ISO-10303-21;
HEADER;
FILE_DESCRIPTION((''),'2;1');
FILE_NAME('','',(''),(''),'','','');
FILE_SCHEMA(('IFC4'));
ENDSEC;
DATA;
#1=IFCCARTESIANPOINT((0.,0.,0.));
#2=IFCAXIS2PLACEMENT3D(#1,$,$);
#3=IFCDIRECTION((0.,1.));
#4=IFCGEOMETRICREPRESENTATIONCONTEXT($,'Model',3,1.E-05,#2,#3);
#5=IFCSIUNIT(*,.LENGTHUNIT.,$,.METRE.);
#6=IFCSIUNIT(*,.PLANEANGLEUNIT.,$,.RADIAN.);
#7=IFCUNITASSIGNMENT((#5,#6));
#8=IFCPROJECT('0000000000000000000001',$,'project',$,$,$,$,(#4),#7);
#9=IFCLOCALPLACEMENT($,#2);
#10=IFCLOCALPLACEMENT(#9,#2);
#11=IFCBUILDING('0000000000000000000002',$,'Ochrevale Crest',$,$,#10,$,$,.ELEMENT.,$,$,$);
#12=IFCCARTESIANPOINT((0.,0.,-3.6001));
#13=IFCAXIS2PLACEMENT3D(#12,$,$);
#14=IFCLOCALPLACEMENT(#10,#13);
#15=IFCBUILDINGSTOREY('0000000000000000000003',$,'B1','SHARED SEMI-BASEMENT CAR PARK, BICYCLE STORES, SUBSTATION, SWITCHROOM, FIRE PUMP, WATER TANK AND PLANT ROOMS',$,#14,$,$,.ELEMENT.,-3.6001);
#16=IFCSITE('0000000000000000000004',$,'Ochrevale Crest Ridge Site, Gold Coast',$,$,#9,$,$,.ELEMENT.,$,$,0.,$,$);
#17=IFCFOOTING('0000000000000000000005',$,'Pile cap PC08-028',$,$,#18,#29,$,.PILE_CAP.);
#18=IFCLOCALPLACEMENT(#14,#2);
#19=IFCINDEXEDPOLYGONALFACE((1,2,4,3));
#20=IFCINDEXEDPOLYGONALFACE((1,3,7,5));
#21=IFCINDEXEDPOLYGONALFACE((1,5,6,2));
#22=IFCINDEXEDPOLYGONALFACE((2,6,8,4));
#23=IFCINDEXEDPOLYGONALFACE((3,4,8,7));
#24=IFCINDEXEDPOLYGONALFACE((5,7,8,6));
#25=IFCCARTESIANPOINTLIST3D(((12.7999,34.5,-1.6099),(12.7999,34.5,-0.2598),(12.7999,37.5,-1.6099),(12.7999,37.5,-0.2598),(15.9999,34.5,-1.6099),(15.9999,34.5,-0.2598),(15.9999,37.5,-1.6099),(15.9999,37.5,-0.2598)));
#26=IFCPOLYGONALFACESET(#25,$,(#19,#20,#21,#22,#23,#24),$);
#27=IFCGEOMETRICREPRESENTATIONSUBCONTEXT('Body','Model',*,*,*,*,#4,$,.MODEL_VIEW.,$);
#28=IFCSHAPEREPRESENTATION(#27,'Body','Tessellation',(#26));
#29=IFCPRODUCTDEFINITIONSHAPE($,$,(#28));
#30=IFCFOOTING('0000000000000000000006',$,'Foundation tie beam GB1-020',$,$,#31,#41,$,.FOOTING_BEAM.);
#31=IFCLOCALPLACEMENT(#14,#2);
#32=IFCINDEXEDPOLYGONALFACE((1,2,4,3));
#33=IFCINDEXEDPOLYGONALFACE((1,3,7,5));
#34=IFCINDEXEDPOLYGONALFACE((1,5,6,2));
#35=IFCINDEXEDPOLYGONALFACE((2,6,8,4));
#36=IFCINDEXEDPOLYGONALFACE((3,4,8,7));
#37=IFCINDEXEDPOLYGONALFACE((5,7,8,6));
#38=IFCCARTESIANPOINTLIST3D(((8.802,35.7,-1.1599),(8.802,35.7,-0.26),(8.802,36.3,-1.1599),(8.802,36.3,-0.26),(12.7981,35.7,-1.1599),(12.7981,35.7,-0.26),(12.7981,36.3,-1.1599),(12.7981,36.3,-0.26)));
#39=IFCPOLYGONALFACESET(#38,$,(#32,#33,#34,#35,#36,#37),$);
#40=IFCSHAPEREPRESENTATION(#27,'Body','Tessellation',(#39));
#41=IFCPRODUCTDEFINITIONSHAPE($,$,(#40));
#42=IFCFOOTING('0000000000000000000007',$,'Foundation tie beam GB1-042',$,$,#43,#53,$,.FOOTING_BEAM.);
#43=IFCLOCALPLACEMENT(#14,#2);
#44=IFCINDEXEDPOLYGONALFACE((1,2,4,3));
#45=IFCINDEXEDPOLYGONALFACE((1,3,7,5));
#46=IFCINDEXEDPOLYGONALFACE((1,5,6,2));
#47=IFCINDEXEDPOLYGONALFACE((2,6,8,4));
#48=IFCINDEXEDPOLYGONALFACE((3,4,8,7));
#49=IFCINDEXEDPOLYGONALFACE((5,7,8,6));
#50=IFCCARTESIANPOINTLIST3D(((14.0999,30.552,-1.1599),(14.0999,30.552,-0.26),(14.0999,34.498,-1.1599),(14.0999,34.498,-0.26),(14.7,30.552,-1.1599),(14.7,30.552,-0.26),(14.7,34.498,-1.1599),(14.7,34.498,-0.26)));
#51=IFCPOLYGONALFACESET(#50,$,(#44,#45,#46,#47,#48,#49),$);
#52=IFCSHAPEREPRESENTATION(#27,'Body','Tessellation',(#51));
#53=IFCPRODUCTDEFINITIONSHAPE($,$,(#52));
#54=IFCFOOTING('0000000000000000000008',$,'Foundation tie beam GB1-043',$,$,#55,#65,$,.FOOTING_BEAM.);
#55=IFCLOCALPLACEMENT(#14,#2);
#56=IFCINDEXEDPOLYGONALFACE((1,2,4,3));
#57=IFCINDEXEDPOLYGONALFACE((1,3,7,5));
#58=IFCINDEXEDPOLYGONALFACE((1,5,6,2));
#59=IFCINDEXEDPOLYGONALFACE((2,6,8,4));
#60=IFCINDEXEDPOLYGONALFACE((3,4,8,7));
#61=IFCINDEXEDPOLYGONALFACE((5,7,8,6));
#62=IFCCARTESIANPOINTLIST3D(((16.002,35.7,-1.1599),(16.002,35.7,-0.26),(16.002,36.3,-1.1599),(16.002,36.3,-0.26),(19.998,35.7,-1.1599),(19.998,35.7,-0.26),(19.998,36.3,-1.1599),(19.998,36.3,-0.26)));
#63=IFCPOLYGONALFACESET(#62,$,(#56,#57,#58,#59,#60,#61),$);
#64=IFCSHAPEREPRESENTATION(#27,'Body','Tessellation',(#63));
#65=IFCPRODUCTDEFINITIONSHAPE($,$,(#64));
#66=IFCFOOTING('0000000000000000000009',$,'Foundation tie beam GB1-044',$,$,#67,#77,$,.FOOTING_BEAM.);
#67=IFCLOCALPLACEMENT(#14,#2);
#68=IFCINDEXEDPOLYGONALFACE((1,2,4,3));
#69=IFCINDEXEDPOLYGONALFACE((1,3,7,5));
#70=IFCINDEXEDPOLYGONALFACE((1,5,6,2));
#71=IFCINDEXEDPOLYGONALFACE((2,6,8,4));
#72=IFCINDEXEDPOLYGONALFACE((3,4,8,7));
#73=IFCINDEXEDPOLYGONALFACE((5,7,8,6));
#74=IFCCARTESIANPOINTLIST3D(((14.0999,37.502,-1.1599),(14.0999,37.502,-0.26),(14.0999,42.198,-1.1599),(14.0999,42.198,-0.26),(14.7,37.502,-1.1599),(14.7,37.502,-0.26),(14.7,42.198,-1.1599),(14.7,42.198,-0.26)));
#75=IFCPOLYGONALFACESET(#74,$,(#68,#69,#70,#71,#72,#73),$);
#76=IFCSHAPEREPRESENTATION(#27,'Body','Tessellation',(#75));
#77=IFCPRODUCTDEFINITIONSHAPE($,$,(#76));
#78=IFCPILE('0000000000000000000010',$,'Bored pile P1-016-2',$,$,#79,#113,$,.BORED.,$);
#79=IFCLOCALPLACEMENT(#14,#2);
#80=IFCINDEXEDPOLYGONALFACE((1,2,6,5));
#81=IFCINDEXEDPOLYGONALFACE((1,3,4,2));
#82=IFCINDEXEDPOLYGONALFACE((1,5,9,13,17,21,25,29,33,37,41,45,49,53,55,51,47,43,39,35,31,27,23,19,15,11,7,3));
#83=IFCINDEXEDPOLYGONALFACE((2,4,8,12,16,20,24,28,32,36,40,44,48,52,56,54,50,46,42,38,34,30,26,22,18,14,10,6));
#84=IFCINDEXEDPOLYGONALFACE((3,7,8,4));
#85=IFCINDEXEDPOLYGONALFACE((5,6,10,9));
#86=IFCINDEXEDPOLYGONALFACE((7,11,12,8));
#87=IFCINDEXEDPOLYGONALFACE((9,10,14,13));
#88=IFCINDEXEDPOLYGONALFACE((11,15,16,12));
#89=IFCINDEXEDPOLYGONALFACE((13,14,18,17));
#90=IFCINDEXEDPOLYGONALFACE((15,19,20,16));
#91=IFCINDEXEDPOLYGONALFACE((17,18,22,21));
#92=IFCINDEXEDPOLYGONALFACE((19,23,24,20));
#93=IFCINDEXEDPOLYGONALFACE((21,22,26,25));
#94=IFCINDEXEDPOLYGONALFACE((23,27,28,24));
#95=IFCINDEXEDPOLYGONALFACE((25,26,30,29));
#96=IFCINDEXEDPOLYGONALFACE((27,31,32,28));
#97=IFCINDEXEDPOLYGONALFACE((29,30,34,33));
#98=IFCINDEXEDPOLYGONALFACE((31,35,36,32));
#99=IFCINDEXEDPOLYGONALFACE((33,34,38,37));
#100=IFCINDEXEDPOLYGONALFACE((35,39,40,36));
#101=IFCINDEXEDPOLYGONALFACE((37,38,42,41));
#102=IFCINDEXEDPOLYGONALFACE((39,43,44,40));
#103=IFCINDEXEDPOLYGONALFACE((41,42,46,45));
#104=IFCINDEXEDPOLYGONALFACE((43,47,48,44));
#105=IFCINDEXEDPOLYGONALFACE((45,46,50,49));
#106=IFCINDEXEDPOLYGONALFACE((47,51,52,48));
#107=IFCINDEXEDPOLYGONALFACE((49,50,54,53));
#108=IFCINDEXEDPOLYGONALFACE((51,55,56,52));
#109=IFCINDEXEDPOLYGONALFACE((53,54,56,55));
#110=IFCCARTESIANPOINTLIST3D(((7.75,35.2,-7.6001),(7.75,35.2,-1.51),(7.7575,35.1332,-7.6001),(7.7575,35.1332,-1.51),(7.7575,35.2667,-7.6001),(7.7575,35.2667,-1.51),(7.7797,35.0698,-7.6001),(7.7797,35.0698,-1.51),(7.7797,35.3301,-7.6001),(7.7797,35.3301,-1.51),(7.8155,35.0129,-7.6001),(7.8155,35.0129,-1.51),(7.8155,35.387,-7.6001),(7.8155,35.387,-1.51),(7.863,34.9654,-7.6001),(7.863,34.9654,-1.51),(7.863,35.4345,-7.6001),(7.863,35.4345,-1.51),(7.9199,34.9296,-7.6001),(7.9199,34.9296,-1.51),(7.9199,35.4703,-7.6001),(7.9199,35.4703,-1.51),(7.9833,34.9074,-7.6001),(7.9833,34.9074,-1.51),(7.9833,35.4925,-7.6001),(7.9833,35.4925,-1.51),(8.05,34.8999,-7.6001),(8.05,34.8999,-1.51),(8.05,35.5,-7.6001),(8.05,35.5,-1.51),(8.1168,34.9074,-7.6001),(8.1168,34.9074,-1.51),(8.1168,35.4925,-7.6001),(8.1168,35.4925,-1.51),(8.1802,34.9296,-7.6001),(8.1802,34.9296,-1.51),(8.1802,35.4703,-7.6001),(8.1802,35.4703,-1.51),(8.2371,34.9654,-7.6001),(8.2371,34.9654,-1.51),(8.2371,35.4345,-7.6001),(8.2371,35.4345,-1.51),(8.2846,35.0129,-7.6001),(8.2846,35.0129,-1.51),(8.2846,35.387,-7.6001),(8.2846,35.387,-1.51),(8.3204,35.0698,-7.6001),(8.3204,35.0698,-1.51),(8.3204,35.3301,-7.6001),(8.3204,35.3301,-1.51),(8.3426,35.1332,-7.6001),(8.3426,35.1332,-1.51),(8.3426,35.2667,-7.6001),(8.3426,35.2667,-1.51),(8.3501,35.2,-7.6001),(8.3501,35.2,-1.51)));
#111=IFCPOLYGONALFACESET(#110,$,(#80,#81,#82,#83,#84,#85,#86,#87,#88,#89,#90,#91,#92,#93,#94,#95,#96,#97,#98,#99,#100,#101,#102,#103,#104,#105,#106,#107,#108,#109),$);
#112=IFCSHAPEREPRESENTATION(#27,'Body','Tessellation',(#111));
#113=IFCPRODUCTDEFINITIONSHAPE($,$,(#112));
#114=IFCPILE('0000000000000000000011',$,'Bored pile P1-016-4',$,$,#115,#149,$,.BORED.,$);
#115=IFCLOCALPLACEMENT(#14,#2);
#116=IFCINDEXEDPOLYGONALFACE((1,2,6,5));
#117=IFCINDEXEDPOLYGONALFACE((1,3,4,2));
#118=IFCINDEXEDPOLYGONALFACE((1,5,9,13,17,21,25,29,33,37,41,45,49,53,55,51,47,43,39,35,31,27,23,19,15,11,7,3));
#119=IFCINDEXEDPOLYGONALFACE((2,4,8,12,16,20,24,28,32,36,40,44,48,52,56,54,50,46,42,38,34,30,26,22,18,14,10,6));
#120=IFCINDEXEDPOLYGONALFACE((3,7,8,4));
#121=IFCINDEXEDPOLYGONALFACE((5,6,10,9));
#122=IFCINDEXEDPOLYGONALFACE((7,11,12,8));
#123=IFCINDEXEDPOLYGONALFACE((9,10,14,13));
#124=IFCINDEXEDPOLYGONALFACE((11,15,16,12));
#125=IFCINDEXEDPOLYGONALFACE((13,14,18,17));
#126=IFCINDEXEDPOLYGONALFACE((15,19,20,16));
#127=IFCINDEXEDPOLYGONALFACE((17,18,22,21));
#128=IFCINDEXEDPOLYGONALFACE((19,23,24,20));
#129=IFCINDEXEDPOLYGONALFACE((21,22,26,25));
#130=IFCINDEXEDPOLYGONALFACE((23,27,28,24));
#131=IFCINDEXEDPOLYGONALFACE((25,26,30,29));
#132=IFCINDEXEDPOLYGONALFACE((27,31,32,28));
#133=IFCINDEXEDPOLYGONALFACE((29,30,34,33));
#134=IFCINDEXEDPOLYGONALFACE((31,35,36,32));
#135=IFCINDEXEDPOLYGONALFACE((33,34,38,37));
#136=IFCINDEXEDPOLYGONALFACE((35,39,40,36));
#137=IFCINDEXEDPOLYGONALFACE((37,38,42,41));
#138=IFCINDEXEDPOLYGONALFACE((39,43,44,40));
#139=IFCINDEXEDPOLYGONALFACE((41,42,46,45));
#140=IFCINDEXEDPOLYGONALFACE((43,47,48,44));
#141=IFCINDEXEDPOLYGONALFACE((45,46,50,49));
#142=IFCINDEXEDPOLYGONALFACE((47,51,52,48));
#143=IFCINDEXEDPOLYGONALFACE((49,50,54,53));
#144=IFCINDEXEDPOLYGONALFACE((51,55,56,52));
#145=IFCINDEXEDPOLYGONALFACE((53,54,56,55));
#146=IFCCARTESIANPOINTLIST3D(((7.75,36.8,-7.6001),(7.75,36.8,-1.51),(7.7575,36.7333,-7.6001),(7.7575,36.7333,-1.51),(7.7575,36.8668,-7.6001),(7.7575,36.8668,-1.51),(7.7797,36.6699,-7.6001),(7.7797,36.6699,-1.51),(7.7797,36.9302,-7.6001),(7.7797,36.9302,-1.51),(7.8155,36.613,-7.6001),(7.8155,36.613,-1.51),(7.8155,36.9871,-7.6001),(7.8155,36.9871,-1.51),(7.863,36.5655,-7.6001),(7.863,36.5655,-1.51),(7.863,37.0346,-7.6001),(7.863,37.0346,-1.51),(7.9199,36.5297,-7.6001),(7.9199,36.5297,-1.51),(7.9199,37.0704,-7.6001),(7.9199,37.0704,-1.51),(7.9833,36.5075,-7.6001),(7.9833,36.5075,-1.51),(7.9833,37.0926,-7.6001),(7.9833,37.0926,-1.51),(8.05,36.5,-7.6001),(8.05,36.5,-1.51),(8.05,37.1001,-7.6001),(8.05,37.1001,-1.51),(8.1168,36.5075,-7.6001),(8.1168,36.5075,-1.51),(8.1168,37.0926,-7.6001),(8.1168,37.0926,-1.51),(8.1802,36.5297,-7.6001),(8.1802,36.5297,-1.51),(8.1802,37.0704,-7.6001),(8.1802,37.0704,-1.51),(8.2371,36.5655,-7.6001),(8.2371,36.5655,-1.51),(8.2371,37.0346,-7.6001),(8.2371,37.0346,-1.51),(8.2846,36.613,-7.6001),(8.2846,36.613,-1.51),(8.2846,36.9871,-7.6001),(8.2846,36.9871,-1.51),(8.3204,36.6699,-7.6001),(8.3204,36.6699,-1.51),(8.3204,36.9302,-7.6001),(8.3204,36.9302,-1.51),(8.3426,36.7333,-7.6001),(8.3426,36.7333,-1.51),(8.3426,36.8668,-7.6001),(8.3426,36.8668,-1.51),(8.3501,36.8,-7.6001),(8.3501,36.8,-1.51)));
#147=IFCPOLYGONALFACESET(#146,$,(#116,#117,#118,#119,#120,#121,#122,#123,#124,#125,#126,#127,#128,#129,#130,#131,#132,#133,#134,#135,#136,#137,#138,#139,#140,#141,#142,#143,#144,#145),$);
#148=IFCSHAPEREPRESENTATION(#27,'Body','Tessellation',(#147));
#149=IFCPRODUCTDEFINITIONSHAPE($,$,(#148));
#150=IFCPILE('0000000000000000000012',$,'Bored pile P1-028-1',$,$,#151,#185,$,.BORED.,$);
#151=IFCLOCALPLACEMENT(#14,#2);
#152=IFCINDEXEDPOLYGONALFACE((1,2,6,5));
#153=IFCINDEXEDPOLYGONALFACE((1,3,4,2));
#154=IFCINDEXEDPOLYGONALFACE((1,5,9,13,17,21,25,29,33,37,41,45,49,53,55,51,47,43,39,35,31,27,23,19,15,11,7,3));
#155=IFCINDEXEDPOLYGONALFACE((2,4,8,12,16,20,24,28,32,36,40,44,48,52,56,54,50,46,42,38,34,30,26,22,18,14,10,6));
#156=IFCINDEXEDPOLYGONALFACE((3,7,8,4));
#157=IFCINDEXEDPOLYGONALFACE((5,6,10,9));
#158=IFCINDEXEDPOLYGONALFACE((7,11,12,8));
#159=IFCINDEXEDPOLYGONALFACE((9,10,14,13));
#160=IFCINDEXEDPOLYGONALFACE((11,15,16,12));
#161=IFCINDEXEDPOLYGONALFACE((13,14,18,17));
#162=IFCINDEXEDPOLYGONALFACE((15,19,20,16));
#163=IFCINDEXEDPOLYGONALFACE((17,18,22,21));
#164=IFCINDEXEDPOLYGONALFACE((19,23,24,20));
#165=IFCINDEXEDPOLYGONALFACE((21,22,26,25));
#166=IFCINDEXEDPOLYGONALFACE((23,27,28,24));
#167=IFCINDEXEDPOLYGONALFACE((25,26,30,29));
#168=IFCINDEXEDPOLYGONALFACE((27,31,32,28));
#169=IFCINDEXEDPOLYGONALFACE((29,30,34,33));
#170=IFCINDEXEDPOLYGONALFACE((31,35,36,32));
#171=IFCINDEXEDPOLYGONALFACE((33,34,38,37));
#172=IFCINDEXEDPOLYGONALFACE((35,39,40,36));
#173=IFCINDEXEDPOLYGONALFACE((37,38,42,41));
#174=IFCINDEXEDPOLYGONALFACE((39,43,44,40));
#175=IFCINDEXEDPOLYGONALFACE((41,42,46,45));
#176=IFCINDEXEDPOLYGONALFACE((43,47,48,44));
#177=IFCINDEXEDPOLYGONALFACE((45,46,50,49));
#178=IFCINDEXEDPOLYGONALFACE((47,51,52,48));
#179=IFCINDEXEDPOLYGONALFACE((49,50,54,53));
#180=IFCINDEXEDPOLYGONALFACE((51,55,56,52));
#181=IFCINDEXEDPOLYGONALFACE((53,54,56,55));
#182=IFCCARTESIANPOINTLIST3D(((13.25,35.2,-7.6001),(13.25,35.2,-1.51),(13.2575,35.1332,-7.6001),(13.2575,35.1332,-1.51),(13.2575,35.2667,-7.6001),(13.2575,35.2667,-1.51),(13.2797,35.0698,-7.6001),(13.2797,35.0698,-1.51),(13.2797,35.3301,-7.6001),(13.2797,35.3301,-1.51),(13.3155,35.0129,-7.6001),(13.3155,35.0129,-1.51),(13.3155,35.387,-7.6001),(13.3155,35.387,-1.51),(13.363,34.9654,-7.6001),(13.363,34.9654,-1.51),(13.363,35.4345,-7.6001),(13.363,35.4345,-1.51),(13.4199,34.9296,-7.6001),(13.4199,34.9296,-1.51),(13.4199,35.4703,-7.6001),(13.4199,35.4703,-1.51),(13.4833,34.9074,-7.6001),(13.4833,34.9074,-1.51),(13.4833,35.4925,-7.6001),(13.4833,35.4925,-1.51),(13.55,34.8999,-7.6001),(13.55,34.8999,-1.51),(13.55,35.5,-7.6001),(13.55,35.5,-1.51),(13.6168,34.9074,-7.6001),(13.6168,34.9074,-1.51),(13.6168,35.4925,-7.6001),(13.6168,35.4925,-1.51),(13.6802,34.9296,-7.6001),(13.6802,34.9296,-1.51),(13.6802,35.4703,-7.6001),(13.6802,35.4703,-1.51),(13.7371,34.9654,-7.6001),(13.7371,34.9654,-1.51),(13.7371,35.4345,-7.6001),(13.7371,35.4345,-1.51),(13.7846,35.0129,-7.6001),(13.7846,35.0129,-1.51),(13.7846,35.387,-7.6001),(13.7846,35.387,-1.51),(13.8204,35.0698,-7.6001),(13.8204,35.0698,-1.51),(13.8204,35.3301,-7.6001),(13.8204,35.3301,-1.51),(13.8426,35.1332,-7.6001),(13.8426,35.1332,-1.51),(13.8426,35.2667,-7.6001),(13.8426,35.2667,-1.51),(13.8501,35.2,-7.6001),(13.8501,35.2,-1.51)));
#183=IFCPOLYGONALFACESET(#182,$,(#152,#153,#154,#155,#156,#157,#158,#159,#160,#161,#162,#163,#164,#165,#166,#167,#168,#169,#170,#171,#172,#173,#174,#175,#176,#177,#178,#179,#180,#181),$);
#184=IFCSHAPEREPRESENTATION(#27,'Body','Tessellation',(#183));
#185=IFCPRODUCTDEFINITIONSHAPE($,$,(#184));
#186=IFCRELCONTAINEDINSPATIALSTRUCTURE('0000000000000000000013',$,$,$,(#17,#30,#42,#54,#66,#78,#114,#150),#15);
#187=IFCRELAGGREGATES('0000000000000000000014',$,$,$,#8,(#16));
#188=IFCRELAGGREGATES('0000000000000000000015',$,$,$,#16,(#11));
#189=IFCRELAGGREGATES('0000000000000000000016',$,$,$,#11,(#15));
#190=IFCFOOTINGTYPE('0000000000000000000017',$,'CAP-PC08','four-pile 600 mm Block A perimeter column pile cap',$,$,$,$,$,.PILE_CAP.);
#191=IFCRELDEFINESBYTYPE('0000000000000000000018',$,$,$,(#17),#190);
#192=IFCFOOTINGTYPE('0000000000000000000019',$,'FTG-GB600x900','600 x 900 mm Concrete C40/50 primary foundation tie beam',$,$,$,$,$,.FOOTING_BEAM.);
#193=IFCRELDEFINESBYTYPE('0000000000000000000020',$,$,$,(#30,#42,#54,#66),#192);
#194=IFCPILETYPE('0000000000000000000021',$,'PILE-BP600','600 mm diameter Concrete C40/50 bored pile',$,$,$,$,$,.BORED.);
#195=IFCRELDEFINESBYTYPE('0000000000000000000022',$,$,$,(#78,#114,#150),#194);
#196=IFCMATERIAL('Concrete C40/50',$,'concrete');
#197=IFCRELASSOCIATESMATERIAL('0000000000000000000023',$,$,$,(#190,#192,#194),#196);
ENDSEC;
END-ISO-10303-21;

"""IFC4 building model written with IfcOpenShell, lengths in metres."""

from ifc_helpers import new_model, si_unit, direction, frame, origin, origin_2d, place, context, subcontext, project, spatial, rectangle, circle, extrude, material, material_profile, profile_set, type_object, element, save


model = new_model("IFC4")

# Units and contexts
model_context = context("Model", 3, precision=1e-05, world=origin(), true_north=direction((0.0, 1.0)))
body_context = subcontext(model_context, "Body", "Model", "MODEL_VIEW")
ifc_project = project(units=[si_unit("LENGTHUNIT", "METRE"), si_unit("PLANEANGLEUNIT", "RADIAN")], contexts=[model_context])

# Site, building, storey
site_placement = place(None, origin())
site = spatial("IfcSite", under=ifc_project, at=site_placement, Name="Ochrevale Crest Ridge Site, Gold Coast", CompositionType="ELEMENT", RefElevation=0.0)
building_placement = place(site_placement, origin())
building = spatial("IfcBuilding", under=site, at=building_placement, Name="Ochrevale Crest", CompositionType="ELEMENT")
storey_placement = place(building_placement, frame((0.0, 0.0, -3.6001)))
storey = spatial("IfcBuildingStorey", under=building, at=storey_placement, Name="B1", Description="SHARED SEMI-BASEMENT CAR PARK, BICYCLE STORES, SUBSTATION, SWITCHROOM, FIRE PUMP, WATER TANK AND PLANT ROOMS", CompositionType="ELEMENT", Elevation=-3.6001)

# Footings
ifc_material_1 = material(Name="Concrete C40/50", Category="concrete")
footing_type_1 = type_object("IfcFootingType", Name="CAP-PC08", Description="four-pile 600 mm Block A perimeter column pile cap", PredefinedType="PILE_CAP", material=ifc_material_1)
footing_1_placement = place(storey_placement, frame((14.3999, 36.0, -1.6099), z_axis=(0.0, 0.0, 1.0), x_axis=(1.0, 0.0, 0.0)))
element("IfcFooting", 1, at=footing_1_placement, inside=storey, type_object=footing_type_1, Name="Pile cap PC08-028", PredefinedType="PILE_CAP", context=body_context, shape_type="SweptSolid", body=[
    extrude(rectangle(XDim=3.2, YDim=3.0, at=origin_2d()), origin(), (0.0, 0.0, 1.0), 1.3501),
])
ifc_material_profile_1 = material_profile(ifc_material_1, rectangle(XDim=0.6001, YDim=0.8999, at=origin_2d()), Name="GB 600x900")
ifc_profile_set_1 = profile_set([ifc_material_profile_1], Name="Concrete C40/50")
footing_type_2 = type_object("IfcFootingType", Name="FTG-GB600x900", Description="600 x 900 mm Concrete C40/50 primary foundation tie beam", PredefinedType="FOOTING_BEAM", material=ifc_profile_set_1)
footing_2_placement = place(storey_placement, frame((8.802, 36.0, -0.71), z_axis=(1.0, 0.0, 0.0), x_axis=(0.0, 1.0, 0.0)))
element("IfcFooting", 2, at=footing_2_placement, inside=storey, type_object=footing_type_2, Name="Foundation tie beam GB1-020", PredefinedType="FOOTING_BEAM", context=body_context, shape_type="SweptSolid", body=[
    extrude(rectangle(XDim=0.6001, YDim=0.8999, at=origin_2d()), origin(), (0.0, 0.0, 1.0), 3.9961),
])
footing_3_placement = place(storey_placement, frame((14.3999, 30.552, -0.71), z_axis=(0.0, 1.0, 0.0), x_axis=(-1.0, 0.0, 0.0)))
element("IfcFooting", 3, at=footing_3_placement, inside=storey, type_object=footing_type_2, Name="Foundation tie beam GB1-042", PredefinedType="FOOTING_BEAM", context=body_context, shape_type="SweptSolid", body=[
    extrude(rectangle(XDim=0.6001, YDim=0.8999, at=origin_2d()), origin(), (0.0, 0.0, 1.0), 3.946),
])
footing_4_placement = place(storey_placement, frame((16.002, 36.0, -0.71), z_axis=(1.0, 0.0, 0.0), x_axis=(0.0, 1.0, 0.0)))
element("IfcFooting", 4, at=footing_4_placement, inside=storey, type_object=footing_type_2, Name="Foundation tie beam GB1-043", PredefinedType="FOOTING_BEAM", context=body_context, shape_type="SweptSolid", body=[
    extrude(rectangle(XDim=0.6001, YDim=0.8999, at=origin_2d()), origin(), (0.0, 0.0, 1.0), 3.9961),
])
footing_5_placement = place(storey_placement, frame((14.3999, 37.502, -0.71), z_axis=(0.0, 1.0, 0.0), x_axis=(-1.0, 0.0, 0.0)))
element("IfcFooting", 5, at=footing_5_placement, inside=storey, type_object=footing_type_2, Name="Foundation tie beam GB1-044", PredefinedType="FOOTING_BEAM", context=body_context, shape_type="SweptSolid", body=[
    extrude(rectangle(XDim=0.6001, YDim=0.8999, at=origin_2d()), origin(), (0.0, 0.0, 1.0), 4.696),
])

# Piles
ifc_material_profile_2 = material_profile(ifc_material_1, circle(Radius=0.3, at=origin_2d()), Name="BORED PILE 600")
ifc_profile_set_2 = profile_set([ifc_material_profile_2], Name="Concrete C40/50")
pile_type_1 = type_object("IfcPileType", Name="PILE-BP600", Description="600 mm diameter Concrete C40/50 bored pile", PredefinedType="BORED", material=ifc_profile_set_2)
for number, where, z_axis, x_axis, name in (
    (6, (8.05, 35.2, -1.51), (0.0, 0.0, -1.0), (1.0, 0.0, 0.0), "Bored pile P1-016-2"),
    (7, (8.05, 36.8, -1.51), (0.0, 0.0, -1.0), (1.0, 0.0, 0.0), "Bored pile P1-016-4"),
    (8, (13.55, 35.2, -1.51), (0.0, 0.0, -1.0), (1.0, 0.0, 0.0), "Bored pile P1-028-1"),
):
    element("IfcPile", number, at=place(storey_placement, frame(where, z_axis=z_axis, x_axis=x_axis)), inside=storey, type_object=pile_type_1, Name=name, PredefinedType="BORED", context=body_context, shape_type="SweptSolid", body=[
        extrude(circle(Radius=0.3, at=origin_2d()), origin(), (0.0, 0.0, 1.0), 6.0901),
    ])

save(model, "model.ifc")
